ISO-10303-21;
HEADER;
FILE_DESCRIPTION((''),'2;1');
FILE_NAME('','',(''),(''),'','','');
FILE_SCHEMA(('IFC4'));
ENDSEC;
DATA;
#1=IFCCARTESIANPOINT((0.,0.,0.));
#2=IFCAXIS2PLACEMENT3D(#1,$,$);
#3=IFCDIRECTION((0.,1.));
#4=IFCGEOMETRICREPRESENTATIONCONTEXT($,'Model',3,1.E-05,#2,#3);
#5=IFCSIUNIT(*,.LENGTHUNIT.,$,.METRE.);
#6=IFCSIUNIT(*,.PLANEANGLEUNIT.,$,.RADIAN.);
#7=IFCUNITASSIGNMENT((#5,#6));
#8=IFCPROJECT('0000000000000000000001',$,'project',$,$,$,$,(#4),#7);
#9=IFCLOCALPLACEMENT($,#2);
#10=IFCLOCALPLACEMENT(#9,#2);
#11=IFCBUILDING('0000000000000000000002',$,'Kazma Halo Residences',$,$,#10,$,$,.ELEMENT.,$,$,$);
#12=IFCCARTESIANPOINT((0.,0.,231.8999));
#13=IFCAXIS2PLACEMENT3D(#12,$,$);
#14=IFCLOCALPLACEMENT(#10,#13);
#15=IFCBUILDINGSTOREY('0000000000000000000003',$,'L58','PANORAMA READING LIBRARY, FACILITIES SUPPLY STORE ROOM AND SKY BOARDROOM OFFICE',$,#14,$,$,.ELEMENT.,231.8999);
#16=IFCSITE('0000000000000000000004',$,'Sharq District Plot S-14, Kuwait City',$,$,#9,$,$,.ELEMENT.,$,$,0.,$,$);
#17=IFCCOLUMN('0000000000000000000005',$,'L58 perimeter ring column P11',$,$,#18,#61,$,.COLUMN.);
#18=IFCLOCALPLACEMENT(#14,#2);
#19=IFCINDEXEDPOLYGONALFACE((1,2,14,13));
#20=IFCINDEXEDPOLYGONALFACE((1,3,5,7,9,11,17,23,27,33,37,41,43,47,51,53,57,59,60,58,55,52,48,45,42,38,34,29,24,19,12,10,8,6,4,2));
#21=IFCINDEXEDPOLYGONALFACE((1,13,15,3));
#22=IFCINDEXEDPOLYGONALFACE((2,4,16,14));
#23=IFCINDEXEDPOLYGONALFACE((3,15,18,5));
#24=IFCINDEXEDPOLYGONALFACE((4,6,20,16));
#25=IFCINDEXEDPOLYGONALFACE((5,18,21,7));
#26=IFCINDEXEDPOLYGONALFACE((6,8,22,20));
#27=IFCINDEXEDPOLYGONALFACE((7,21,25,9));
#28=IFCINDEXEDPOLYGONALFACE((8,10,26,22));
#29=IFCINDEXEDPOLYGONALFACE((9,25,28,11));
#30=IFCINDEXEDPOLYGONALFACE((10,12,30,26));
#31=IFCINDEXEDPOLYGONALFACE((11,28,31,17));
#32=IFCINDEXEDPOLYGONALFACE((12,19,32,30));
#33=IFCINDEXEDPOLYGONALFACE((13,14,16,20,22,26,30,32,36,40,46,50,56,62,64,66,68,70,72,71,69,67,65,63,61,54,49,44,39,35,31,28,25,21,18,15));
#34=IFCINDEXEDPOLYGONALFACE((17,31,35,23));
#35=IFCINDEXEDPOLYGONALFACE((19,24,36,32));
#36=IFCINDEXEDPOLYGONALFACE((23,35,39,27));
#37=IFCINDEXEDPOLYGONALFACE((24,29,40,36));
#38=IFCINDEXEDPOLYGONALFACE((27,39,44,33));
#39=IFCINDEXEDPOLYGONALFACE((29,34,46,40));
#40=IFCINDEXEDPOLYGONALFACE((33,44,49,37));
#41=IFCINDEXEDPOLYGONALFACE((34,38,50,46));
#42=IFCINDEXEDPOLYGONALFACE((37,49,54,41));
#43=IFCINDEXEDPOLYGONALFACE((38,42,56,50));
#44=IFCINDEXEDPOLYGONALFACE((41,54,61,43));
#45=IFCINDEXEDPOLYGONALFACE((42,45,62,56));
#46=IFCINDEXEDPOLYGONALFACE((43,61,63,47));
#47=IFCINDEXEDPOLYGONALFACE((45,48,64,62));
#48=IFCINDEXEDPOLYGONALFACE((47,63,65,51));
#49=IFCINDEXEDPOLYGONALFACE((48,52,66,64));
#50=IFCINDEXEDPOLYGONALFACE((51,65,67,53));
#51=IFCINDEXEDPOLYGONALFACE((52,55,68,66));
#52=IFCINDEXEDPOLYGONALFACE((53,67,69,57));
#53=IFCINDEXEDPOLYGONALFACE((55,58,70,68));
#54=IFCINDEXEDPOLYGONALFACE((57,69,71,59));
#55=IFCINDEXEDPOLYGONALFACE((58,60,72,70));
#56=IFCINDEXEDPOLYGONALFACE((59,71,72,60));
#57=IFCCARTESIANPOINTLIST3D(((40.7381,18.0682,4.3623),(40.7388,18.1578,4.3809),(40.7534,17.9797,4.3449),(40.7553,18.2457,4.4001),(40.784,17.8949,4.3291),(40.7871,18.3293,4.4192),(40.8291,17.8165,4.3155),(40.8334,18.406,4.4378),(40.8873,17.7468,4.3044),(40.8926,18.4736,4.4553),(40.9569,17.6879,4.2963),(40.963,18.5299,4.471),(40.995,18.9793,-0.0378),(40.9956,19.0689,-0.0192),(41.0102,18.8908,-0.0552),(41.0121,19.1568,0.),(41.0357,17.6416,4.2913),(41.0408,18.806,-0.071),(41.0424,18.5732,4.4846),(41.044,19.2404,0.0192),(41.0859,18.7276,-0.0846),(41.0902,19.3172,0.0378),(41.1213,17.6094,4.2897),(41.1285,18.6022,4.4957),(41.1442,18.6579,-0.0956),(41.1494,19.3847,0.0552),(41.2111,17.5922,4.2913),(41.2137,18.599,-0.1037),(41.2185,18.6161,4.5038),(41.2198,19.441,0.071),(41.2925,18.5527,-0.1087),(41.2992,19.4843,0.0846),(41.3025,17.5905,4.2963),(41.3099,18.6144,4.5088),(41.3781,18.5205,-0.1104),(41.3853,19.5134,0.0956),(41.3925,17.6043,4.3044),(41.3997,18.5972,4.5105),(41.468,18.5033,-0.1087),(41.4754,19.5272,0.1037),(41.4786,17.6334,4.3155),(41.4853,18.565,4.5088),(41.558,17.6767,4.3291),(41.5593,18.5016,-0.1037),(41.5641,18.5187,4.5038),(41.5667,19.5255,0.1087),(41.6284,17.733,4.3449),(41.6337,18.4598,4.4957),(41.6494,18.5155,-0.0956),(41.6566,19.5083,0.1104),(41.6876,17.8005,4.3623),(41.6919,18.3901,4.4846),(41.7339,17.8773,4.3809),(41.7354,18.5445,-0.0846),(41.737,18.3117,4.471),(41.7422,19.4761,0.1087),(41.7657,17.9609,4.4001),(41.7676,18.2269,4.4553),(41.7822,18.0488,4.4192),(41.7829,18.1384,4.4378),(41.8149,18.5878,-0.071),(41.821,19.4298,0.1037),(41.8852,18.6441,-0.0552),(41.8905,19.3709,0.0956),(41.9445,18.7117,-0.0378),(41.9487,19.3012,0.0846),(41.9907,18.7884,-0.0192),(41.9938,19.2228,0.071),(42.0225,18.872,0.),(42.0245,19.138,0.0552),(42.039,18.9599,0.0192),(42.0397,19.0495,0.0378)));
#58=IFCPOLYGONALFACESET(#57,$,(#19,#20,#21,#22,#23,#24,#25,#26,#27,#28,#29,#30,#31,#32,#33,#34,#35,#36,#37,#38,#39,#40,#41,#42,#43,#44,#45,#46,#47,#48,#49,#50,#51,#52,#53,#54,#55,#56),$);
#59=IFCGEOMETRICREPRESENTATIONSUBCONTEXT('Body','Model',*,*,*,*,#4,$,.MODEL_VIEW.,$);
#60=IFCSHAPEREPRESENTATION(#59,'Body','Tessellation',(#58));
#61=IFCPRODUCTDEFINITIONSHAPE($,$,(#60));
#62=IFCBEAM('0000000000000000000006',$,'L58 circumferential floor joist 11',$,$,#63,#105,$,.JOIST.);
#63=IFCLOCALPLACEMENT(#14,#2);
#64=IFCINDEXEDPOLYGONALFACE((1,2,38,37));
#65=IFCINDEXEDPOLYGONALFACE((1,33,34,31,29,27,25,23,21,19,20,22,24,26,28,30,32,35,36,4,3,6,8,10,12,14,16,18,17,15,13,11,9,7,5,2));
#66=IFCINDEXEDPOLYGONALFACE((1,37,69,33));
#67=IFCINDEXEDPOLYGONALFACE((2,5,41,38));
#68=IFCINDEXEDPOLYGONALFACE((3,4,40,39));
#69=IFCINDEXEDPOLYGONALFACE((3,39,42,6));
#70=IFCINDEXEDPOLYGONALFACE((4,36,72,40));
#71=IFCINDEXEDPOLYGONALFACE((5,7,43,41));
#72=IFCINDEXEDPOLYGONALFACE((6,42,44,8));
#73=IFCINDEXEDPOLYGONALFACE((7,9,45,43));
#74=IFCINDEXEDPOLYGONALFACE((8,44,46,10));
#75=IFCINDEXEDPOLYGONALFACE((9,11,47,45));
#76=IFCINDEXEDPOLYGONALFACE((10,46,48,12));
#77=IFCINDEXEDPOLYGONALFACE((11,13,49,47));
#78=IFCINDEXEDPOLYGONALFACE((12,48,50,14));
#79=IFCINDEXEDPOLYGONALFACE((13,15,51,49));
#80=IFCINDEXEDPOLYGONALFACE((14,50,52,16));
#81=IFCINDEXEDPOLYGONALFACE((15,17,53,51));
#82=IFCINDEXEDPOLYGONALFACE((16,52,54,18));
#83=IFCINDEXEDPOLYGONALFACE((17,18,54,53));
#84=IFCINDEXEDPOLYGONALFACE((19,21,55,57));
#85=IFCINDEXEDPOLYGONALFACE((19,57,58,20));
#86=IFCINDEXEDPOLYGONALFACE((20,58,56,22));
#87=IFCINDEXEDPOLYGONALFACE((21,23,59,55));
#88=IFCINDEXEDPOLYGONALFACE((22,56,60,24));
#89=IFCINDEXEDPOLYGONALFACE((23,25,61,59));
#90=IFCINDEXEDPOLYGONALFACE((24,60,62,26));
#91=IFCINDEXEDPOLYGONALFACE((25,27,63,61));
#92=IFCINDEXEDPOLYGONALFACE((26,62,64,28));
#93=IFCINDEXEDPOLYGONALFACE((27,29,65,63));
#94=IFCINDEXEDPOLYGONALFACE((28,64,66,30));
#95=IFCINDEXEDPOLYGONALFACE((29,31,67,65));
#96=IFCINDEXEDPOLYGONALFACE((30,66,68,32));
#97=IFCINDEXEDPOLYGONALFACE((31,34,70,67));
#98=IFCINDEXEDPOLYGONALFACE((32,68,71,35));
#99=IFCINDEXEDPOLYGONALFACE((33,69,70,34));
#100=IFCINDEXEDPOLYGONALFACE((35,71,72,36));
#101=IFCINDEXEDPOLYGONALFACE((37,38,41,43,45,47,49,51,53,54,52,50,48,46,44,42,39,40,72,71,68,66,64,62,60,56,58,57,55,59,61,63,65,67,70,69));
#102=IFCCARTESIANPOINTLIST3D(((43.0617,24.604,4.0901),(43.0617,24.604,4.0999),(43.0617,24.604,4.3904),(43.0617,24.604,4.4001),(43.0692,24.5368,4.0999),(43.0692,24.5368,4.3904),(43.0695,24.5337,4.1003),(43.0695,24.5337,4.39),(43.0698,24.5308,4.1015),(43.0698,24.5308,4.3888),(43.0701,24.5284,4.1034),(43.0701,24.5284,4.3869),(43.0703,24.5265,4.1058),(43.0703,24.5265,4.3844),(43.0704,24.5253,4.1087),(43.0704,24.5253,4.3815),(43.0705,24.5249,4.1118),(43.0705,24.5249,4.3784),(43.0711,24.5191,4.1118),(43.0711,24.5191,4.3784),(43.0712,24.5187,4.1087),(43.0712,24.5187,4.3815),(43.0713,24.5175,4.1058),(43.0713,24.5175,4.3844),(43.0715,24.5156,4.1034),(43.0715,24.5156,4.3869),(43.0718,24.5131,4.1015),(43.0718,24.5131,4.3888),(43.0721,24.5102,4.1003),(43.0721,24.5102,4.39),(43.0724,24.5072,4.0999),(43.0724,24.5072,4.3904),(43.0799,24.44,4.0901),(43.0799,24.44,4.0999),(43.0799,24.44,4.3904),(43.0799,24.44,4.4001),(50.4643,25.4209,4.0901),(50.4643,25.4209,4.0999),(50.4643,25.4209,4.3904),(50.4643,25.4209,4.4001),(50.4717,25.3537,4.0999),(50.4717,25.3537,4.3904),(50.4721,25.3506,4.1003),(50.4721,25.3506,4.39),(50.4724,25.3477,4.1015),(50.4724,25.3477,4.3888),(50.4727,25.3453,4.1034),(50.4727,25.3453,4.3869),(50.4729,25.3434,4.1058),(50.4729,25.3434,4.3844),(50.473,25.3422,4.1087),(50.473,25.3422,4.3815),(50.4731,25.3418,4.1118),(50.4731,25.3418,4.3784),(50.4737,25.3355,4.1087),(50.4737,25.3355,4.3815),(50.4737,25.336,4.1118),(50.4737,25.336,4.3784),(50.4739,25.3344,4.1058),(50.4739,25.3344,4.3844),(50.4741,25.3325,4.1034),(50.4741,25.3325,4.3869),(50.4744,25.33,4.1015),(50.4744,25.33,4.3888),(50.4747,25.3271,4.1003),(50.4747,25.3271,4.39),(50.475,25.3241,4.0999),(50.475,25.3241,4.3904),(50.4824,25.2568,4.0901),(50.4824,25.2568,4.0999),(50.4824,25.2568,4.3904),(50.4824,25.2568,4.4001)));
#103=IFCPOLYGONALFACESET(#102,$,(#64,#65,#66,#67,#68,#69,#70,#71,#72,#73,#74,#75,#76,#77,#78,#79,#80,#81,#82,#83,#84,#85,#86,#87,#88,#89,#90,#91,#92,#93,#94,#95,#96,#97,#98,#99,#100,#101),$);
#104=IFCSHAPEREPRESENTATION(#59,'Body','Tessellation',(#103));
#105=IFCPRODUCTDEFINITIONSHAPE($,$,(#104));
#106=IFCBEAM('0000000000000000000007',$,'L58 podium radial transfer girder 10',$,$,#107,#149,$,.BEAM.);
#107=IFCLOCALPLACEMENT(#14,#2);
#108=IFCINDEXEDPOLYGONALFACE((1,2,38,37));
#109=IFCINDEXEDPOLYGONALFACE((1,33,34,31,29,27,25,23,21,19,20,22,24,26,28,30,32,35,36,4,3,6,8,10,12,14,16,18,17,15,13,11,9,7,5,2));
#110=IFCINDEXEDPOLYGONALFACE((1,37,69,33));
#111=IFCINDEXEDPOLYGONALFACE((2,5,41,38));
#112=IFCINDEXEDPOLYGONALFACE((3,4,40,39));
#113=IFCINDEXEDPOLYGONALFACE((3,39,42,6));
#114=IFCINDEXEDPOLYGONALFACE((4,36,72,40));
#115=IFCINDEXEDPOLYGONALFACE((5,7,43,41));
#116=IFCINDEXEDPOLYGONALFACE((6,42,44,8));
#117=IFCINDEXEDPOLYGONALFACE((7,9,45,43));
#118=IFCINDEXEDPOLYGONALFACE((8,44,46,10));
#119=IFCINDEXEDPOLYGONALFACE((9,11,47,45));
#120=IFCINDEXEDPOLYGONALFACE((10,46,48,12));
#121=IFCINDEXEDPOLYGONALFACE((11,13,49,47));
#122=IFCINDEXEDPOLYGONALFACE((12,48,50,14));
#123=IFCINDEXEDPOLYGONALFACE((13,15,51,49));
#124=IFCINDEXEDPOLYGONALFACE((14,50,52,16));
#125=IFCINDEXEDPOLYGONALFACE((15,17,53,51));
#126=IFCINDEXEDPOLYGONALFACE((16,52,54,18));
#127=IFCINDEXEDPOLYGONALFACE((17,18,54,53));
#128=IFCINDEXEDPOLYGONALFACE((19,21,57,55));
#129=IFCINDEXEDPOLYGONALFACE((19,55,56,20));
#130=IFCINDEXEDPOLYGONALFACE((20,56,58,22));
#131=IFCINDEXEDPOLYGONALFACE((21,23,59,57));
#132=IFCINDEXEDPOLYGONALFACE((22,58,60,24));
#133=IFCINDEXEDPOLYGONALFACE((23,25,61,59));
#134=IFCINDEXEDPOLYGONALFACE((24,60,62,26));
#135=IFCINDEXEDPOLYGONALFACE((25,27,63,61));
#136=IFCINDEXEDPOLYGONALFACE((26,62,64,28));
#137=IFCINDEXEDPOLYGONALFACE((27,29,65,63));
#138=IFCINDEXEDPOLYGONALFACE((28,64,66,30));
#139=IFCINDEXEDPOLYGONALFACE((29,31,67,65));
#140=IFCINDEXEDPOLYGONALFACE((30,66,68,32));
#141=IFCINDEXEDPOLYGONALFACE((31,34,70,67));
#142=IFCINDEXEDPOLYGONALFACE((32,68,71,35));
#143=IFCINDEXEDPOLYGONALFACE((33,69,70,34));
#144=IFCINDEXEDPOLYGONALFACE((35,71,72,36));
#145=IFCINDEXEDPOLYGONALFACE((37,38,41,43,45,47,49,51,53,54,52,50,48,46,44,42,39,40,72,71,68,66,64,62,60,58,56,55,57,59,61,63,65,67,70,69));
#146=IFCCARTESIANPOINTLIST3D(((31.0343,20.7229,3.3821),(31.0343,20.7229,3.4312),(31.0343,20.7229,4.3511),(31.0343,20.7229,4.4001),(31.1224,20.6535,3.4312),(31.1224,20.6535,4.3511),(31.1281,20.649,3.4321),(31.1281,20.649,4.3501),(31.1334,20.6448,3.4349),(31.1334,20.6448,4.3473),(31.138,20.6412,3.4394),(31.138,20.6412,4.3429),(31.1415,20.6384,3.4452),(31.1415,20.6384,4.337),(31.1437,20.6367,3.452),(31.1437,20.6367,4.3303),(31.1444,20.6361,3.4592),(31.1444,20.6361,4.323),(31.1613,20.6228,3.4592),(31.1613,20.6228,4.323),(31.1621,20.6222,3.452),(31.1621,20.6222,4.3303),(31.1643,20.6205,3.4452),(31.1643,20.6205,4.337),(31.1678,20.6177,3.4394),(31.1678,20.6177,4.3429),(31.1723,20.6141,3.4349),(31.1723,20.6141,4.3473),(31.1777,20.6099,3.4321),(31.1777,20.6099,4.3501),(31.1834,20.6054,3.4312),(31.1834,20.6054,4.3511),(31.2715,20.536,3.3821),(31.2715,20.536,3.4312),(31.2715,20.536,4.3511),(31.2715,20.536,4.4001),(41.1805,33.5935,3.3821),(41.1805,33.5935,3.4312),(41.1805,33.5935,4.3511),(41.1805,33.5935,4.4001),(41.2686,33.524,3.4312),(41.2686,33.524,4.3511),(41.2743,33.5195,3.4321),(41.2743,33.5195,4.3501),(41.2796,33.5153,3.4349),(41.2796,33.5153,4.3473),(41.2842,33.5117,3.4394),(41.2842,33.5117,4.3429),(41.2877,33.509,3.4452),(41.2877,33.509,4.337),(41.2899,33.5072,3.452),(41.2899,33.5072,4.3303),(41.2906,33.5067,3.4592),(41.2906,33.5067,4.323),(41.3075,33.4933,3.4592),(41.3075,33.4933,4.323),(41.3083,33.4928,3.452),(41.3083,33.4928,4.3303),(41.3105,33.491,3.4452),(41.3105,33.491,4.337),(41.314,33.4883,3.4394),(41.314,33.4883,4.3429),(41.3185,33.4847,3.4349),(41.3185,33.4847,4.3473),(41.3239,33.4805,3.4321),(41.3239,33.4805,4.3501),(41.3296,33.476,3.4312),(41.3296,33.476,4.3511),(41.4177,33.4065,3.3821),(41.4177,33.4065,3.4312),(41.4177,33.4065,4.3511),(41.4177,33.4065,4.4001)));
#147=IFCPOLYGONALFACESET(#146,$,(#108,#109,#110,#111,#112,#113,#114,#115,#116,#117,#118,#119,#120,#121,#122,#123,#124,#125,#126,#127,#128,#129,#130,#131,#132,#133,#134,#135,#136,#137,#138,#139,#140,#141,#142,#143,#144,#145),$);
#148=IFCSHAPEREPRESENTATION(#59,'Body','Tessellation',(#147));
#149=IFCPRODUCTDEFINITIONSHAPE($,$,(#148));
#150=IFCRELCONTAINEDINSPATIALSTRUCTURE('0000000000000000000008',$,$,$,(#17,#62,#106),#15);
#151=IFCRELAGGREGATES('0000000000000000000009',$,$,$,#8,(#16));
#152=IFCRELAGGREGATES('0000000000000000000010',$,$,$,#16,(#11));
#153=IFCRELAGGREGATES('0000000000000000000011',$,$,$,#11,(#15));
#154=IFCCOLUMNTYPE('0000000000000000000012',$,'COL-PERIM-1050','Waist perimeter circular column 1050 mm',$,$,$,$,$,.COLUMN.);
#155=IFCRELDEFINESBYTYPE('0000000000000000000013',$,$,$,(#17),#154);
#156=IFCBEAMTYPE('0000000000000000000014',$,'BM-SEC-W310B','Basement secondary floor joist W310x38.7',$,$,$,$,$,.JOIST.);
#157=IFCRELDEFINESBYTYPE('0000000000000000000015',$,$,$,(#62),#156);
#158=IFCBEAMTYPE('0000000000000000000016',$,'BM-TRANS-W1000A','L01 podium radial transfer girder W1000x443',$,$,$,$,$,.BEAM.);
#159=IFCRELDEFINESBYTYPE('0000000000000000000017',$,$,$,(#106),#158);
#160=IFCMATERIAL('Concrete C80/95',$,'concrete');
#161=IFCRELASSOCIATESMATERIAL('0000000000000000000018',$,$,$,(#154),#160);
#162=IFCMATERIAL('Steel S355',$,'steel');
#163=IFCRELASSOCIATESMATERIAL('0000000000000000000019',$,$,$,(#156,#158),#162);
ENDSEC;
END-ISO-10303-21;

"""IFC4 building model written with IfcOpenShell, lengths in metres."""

from ifc_helpers import new_model, si_unit, direction, frame, origin, origin_2d, place, context, subcontext, project, spatial, circle, i_section, extrude, material, material_profile, profile_set, type_object, element, save


model = new_model("IFC4")

# Units and contexts
model_context = context("Model", 3, precision=1e-05, world=origin(), true_north=direction((0.0, 1.0)))
body_context = subcontext(model_context, "Body", "Model", "MODEL_VIEW")
ifc_project = project(units=[si_unit("LENGTHUNIT", "METRE"), si_unit("PLANEANGLEUNIT", "RADIAN")], contexts=[model_context])

# Site, building, storey
site_placement = place(None, origin())
site = spatial("IfcSite", under=ifc_project, at=site_placement, Name="Sharq District Plot S-14, Kuwait City", CompositionType="ELEMENT", RefElevation=0.0)
building_placement = place(site_placement, origin())
building = spatial("IfcBuilding", under=site, at=building_placement, Name="Kazma Halo Residences", CompositionType="ELEMENT")
storey_placement = place(building_placement, frame((0.0, 0.0, 231.8999)))
storey = spatial("IfcBuildingStorey", under=building, at=storey_placement, Name="L58", Description="PANORAMA READING LIBRARY, FACILITIES SUPPLY STORE ROOM AND SKY BOARDROOM OFFICE", CompositionType="ELEMENT", Elevation=231.8999)

# Column
ifc_material_1 = material(Name="Concrete C80/95", Category="concrete")
ifc_material_profile_1 = material_profile(ifc_material_1, circle(Radius=0.5249, at=origin_2d()), Name="CIRC1050")
ifc_profile_set_1 = profile_set([ifc_material_profile_1], Name="Concrete C80/95")
column_type = type_object("IfcColumnType", Name="COL-PERIM-1050", Description="Waist perimeter circular column 1050 mm", PredefinedType="COLUMN", material=ifc_profile_set_1)
column_placement = place(storey_placement, frame((41.5173, 19.0144, 0.0), z_axis=(-0.057064, -0.202437, 0.977631), x_axis=(0.962491, -0.271313, 0.0)))
element("IfcColumn", 1, at=column_placement, inside=storey, type_object=column_type, Name="L58 perimeter ring column P11", PredefinedType="COLUMN", context=body_context, shape_type="SweptSolid", body=[
    extrude(circle(Radius=0.5249, at=origin_2d()), origin(), (0.0, 0.0, 1.0), 4.5007),
])

# Beams
ifc_material_2 = material(Name="Steel S355", Category="steel")
ifc_material_profile_2 = material_profile(ifc_material_2, i_section(OverallWidth=0.165, OverallDepth=0.3101, WebThickness=0.0059, FlangeThickness=0.0098, FilletRadius=0.012, at=origin_2d()), Name="W310x38.7")
ifc_profile_set_2 = profile_set([ifc_material_profile_2], Name="Steel S355")
beam_type_1 = type_object("IfcBeamType", Name="BM-SEC-W310B", Description="Basement secondary floor joist W310x38.7", PredefinedType="JOIST", material=ifc_profile_set_2)
beam_1_placement = place(storey_placement, frame((43.0708, 24.522, 4.2451), z_axis=(0.993966, 0.109687, 0.0), x_axis=(-0.109687, 0.993966, 0.0)))
element("IfcBeam", 2, at=beam_1_placement, inside=storey, type_object=beam_type_1, Name="L58 circumferential floor joist 11", PredefinedType="JOIST", context=body_context, shape_type="SweptSolid", body=[
    extrude(i_section(OverallWidth=0.165, OverallDepth=0.3101, WebThickness=0.0059, FlangeThickness=0.0098, FilletRadius=0.012, at=origin_2d()), origin(), (0.0, 0.0, 1.0), 7.4475),
])
ifc_material_profile_3 = material_profile(ifc_material_2, i_section(OverallWidth=0.302, OverallDepth=1.0181, WebThickness=0.0215, FlangeThickness=0.0491, FilletRadius=0.0281, at=origin_2d()), Name="W1000x443")
ifc_profile_set_3 = profile_set([ifc_material_profile_3], Name="Steel S355")
beam_type_2 = type_object("IfcBeamType", Name="BM-TRANS-W1000A", Description="L01 podium radial transfer girder W1000x443", PredefinedType="BEAM", material=ifc_profile_set_3)
beam_2_placement = place(storey_placement, frame((41.2991, 33.5, 3.8911), z_axis=(-0.619089, -0.785321, 0.0), x_axis=(0.785321, -0.619089, 0.0)))
element("IfcBeam", 3, at=beam_2_placement, inside=storey, type_object=beam_type_2, Name="L58 podium radial transfer girder 10", PredefinedType="BEAM", context=body_context, shape_type="SweptSolid", body=[
    extrude(i_section(OverallWidth=0.302, OverallDepth=1.0181, WebThickness=0.0215, FlangeThickness=0.0491, FilletRadius=0.0281, at=origin_2d()), origin(), (0.0, 0.0, 1.0), 16.3889),
])

save(model, "model.ifc")
